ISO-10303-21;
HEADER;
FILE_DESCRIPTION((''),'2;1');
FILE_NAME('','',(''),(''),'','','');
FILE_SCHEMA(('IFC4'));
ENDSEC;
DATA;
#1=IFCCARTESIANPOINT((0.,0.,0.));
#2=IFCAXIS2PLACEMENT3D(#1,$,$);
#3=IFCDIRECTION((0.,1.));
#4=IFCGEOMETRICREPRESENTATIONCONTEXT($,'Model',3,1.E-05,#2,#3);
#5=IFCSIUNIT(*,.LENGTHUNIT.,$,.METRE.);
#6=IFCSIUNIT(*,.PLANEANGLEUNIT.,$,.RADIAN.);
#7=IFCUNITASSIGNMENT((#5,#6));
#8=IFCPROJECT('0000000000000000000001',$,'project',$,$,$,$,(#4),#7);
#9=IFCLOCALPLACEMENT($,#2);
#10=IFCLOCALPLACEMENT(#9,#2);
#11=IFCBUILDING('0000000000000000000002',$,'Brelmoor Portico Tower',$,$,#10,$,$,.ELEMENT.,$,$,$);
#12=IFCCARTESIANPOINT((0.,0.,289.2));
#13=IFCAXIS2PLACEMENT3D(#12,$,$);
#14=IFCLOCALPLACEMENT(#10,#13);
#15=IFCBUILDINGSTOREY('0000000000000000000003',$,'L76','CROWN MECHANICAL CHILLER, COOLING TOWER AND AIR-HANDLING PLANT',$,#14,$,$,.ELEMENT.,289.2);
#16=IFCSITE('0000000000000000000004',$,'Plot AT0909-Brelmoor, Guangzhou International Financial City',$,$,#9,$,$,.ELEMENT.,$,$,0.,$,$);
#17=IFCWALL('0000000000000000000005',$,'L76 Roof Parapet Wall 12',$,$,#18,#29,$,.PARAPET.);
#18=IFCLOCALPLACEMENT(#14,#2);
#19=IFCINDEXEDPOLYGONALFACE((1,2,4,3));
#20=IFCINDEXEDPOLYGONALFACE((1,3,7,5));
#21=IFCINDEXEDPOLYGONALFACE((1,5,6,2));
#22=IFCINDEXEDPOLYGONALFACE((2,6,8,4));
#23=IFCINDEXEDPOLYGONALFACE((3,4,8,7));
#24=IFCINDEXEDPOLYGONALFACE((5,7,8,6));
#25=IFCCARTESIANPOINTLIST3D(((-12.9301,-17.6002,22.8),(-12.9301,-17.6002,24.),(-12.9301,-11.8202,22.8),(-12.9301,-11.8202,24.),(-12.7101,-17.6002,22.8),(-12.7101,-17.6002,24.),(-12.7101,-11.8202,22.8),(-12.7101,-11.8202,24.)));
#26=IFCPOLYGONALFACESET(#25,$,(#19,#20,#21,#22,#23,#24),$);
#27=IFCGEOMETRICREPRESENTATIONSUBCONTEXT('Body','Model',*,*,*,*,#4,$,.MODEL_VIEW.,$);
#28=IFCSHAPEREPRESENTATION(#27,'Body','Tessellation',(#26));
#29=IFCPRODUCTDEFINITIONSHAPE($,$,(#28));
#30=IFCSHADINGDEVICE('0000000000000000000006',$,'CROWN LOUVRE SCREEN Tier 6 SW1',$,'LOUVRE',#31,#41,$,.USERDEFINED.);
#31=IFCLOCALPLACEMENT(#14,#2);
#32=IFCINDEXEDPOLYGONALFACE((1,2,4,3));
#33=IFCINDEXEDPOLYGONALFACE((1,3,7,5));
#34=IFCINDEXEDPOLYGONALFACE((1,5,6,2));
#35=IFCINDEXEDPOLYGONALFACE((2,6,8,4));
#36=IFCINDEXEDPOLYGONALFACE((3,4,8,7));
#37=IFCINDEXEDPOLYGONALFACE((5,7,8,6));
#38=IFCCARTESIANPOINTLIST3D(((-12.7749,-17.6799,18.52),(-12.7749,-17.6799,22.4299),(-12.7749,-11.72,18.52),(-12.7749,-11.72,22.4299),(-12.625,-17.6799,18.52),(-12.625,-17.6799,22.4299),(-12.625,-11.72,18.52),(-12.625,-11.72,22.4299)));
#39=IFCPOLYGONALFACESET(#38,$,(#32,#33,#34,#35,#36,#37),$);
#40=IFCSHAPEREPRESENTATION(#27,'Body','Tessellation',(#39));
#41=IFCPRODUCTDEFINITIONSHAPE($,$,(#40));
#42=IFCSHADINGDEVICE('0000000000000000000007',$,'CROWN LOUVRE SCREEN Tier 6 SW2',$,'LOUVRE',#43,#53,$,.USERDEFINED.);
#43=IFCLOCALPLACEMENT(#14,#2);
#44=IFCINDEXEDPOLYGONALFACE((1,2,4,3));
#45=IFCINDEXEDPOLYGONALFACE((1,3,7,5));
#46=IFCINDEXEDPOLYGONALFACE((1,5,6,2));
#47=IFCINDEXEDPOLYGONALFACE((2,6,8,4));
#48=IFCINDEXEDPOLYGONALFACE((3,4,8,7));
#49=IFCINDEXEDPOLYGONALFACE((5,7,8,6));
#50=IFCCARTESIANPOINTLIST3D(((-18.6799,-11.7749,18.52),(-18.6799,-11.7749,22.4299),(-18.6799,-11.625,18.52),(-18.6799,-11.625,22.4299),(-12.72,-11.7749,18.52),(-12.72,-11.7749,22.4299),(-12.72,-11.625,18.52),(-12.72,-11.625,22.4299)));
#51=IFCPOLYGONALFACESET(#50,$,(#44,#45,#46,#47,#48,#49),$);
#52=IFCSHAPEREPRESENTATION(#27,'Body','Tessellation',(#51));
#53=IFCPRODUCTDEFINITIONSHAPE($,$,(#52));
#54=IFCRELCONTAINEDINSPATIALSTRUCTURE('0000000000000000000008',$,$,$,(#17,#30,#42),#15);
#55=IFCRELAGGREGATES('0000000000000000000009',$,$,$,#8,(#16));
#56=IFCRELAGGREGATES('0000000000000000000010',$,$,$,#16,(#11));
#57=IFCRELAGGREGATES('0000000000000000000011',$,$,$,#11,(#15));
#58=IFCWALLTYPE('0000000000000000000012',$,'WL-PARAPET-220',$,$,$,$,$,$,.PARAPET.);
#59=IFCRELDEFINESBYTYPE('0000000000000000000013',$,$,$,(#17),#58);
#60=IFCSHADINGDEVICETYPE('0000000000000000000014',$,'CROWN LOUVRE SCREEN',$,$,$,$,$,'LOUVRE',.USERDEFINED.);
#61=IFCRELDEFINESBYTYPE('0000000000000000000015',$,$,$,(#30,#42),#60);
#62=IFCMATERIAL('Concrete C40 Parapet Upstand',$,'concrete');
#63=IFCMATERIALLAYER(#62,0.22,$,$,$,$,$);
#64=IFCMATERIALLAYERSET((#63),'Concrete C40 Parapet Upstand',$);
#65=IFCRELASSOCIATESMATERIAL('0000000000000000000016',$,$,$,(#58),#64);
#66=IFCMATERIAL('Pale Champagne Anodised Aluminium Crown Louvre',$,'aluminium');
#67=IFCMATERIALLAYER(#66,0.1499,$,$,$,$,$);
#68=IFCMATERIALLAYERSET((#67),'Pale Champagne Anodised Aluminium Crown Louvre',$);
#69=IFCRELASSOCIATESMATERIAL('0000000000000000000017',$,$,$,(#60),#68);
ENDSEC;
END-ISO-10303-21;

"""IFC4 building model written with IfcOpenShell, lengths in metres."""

from ifc_helpers import new_model, si_unit, direction, frame, frame_2d, origin, origin_2d, place, context, subcontext, project, spatial, rectangle, extrude, material, layer, layer_set, type_object, element, save


model = new_model("IFC4")

# Units and contexts
model_context = context("Model", 3, precision=1e-05, world=origin(), true_north=direction((0.0, 1.0)))
body_context = subcontext(model_context, "Body", "Model", "MODEL_VIEW")
ifc_project = project(units=[si_unit("LENGTHUNIT", "METRE"), si_unit("PLANEANGLEUNIT", "RADIAN")], contexts=[model_context])

# Site, building, storey
site_placement = place(None, origin())
site = spatial("IfcSite", under=ifc_project, at=site_placement, Name="Plot AT0909-Brelmoor, Guangzhou International Financial City", CompositionType="ELEMENT", RefElevation=0.0)
building_placement = place(site_placement, origin())
building = spatial("IfcBuilding", under=site, at=building_placement, Name="Brelmoor Portico Tower", CompositionType="ELEMENT")
storey_placement = place(building_placement, frame((0.0, 0.0, 289.2)))
storey = spatial("IfcBuildingStorey", under=building, at=storey_placement, Name="L76", Description="CROWN MECHANICAL CHILLER, COOLING TOWER AND AIR-HANDLING PLANT", CompositionType="ELEMENT", Elevation=289.2)

# Wall
ifc_material_1 = material(Name="Concrete C40 Parapet Upstand", Category="concrete")
ifc_layer_1 = layer(ifc_material_1, 0.22)
ifc_layer_set_1 = layer_set([ifc_layer_1], Name="Concrete C40 Parapet Upstand")
wall_type = type_object("IfcWallType", Name="WL-PARAPET-220", PredefinedType="PARAPET", material=ifc_layer_set_1)
for number, where, z_axis, x_axis, name in (
    (1, (-12.8201, -11.8201, 22.8), (0.0, 0.0, 1.0), (0.0, -1.0, 0.0), "L76 Roof Parapet Wall 12"),
):
    element("IfcWall", number, at=place(storey_placement, frame(where, z_axis=z_axis, x_axis=x_axis)), inside=storey, type_object=wall_type, Name=name, PredefinedType="PARAPET", context=body_context, shape_type="SweptSolid", body=[
        extrude(rectangle(XDim=5.78, YDim=0.22, at=frame_2d((2.8901, 0.0))), origin(), (0.0, 0.0, 1.0), 1.2),
    ])

# Shading devices
ifc_material_2 = material(Name="Pale Champagne Anodised Aluminium Crown Louvre", Category="aluminium")
ifc_layer_2 = layer(ifc_material_2, 0.1499)
ifc_layer_set_2 = layer_set([ifc_layer_2], Name="Pale Champagne Anodised Aluminium Crown Louvre")
shading_device_type = type_object("IfcShadingDeviceType", Name="CROWN LOUVRE SCREEN", ElementType="LOUVRE", PredefinedType="USERDEFINED", material=ifc_layer_set_2)
for number, where, z_axis, x_axis, name in (
    (2, (-12.7, -14.7, 18.52), (0.0, 0.0, 1.0), (0.0, 1.0, 0.0), "CROWN LOUVRE SCREEN Tier 6 SW1"),
    (3, (-15.7, -11.7, 18.52), (0.0, 0.0, 1.0), (1.0, 0.0, 0.0), "CROWN LOUVRE SCREEN Tier 6 SW2"),
):
    element("IfcShadingDevice", number, at=place(storey_placement, frame(where, z_axis=z_axis, x_axis=x_axis)), inside=storey, type_object=shading_device_type, Name=name, ObjectType="LOUVRE", PredefinedType="USERDEFINED", context=body_context, shape_type="SweptSolid", body=[
        extrude(rectangle(XDim=5.96, YDim=0.1499, at=origin_2d()), origin(), (0.0, 0.0, 1.0), 3.9099),
    ])

save(model, "model.ifc")
